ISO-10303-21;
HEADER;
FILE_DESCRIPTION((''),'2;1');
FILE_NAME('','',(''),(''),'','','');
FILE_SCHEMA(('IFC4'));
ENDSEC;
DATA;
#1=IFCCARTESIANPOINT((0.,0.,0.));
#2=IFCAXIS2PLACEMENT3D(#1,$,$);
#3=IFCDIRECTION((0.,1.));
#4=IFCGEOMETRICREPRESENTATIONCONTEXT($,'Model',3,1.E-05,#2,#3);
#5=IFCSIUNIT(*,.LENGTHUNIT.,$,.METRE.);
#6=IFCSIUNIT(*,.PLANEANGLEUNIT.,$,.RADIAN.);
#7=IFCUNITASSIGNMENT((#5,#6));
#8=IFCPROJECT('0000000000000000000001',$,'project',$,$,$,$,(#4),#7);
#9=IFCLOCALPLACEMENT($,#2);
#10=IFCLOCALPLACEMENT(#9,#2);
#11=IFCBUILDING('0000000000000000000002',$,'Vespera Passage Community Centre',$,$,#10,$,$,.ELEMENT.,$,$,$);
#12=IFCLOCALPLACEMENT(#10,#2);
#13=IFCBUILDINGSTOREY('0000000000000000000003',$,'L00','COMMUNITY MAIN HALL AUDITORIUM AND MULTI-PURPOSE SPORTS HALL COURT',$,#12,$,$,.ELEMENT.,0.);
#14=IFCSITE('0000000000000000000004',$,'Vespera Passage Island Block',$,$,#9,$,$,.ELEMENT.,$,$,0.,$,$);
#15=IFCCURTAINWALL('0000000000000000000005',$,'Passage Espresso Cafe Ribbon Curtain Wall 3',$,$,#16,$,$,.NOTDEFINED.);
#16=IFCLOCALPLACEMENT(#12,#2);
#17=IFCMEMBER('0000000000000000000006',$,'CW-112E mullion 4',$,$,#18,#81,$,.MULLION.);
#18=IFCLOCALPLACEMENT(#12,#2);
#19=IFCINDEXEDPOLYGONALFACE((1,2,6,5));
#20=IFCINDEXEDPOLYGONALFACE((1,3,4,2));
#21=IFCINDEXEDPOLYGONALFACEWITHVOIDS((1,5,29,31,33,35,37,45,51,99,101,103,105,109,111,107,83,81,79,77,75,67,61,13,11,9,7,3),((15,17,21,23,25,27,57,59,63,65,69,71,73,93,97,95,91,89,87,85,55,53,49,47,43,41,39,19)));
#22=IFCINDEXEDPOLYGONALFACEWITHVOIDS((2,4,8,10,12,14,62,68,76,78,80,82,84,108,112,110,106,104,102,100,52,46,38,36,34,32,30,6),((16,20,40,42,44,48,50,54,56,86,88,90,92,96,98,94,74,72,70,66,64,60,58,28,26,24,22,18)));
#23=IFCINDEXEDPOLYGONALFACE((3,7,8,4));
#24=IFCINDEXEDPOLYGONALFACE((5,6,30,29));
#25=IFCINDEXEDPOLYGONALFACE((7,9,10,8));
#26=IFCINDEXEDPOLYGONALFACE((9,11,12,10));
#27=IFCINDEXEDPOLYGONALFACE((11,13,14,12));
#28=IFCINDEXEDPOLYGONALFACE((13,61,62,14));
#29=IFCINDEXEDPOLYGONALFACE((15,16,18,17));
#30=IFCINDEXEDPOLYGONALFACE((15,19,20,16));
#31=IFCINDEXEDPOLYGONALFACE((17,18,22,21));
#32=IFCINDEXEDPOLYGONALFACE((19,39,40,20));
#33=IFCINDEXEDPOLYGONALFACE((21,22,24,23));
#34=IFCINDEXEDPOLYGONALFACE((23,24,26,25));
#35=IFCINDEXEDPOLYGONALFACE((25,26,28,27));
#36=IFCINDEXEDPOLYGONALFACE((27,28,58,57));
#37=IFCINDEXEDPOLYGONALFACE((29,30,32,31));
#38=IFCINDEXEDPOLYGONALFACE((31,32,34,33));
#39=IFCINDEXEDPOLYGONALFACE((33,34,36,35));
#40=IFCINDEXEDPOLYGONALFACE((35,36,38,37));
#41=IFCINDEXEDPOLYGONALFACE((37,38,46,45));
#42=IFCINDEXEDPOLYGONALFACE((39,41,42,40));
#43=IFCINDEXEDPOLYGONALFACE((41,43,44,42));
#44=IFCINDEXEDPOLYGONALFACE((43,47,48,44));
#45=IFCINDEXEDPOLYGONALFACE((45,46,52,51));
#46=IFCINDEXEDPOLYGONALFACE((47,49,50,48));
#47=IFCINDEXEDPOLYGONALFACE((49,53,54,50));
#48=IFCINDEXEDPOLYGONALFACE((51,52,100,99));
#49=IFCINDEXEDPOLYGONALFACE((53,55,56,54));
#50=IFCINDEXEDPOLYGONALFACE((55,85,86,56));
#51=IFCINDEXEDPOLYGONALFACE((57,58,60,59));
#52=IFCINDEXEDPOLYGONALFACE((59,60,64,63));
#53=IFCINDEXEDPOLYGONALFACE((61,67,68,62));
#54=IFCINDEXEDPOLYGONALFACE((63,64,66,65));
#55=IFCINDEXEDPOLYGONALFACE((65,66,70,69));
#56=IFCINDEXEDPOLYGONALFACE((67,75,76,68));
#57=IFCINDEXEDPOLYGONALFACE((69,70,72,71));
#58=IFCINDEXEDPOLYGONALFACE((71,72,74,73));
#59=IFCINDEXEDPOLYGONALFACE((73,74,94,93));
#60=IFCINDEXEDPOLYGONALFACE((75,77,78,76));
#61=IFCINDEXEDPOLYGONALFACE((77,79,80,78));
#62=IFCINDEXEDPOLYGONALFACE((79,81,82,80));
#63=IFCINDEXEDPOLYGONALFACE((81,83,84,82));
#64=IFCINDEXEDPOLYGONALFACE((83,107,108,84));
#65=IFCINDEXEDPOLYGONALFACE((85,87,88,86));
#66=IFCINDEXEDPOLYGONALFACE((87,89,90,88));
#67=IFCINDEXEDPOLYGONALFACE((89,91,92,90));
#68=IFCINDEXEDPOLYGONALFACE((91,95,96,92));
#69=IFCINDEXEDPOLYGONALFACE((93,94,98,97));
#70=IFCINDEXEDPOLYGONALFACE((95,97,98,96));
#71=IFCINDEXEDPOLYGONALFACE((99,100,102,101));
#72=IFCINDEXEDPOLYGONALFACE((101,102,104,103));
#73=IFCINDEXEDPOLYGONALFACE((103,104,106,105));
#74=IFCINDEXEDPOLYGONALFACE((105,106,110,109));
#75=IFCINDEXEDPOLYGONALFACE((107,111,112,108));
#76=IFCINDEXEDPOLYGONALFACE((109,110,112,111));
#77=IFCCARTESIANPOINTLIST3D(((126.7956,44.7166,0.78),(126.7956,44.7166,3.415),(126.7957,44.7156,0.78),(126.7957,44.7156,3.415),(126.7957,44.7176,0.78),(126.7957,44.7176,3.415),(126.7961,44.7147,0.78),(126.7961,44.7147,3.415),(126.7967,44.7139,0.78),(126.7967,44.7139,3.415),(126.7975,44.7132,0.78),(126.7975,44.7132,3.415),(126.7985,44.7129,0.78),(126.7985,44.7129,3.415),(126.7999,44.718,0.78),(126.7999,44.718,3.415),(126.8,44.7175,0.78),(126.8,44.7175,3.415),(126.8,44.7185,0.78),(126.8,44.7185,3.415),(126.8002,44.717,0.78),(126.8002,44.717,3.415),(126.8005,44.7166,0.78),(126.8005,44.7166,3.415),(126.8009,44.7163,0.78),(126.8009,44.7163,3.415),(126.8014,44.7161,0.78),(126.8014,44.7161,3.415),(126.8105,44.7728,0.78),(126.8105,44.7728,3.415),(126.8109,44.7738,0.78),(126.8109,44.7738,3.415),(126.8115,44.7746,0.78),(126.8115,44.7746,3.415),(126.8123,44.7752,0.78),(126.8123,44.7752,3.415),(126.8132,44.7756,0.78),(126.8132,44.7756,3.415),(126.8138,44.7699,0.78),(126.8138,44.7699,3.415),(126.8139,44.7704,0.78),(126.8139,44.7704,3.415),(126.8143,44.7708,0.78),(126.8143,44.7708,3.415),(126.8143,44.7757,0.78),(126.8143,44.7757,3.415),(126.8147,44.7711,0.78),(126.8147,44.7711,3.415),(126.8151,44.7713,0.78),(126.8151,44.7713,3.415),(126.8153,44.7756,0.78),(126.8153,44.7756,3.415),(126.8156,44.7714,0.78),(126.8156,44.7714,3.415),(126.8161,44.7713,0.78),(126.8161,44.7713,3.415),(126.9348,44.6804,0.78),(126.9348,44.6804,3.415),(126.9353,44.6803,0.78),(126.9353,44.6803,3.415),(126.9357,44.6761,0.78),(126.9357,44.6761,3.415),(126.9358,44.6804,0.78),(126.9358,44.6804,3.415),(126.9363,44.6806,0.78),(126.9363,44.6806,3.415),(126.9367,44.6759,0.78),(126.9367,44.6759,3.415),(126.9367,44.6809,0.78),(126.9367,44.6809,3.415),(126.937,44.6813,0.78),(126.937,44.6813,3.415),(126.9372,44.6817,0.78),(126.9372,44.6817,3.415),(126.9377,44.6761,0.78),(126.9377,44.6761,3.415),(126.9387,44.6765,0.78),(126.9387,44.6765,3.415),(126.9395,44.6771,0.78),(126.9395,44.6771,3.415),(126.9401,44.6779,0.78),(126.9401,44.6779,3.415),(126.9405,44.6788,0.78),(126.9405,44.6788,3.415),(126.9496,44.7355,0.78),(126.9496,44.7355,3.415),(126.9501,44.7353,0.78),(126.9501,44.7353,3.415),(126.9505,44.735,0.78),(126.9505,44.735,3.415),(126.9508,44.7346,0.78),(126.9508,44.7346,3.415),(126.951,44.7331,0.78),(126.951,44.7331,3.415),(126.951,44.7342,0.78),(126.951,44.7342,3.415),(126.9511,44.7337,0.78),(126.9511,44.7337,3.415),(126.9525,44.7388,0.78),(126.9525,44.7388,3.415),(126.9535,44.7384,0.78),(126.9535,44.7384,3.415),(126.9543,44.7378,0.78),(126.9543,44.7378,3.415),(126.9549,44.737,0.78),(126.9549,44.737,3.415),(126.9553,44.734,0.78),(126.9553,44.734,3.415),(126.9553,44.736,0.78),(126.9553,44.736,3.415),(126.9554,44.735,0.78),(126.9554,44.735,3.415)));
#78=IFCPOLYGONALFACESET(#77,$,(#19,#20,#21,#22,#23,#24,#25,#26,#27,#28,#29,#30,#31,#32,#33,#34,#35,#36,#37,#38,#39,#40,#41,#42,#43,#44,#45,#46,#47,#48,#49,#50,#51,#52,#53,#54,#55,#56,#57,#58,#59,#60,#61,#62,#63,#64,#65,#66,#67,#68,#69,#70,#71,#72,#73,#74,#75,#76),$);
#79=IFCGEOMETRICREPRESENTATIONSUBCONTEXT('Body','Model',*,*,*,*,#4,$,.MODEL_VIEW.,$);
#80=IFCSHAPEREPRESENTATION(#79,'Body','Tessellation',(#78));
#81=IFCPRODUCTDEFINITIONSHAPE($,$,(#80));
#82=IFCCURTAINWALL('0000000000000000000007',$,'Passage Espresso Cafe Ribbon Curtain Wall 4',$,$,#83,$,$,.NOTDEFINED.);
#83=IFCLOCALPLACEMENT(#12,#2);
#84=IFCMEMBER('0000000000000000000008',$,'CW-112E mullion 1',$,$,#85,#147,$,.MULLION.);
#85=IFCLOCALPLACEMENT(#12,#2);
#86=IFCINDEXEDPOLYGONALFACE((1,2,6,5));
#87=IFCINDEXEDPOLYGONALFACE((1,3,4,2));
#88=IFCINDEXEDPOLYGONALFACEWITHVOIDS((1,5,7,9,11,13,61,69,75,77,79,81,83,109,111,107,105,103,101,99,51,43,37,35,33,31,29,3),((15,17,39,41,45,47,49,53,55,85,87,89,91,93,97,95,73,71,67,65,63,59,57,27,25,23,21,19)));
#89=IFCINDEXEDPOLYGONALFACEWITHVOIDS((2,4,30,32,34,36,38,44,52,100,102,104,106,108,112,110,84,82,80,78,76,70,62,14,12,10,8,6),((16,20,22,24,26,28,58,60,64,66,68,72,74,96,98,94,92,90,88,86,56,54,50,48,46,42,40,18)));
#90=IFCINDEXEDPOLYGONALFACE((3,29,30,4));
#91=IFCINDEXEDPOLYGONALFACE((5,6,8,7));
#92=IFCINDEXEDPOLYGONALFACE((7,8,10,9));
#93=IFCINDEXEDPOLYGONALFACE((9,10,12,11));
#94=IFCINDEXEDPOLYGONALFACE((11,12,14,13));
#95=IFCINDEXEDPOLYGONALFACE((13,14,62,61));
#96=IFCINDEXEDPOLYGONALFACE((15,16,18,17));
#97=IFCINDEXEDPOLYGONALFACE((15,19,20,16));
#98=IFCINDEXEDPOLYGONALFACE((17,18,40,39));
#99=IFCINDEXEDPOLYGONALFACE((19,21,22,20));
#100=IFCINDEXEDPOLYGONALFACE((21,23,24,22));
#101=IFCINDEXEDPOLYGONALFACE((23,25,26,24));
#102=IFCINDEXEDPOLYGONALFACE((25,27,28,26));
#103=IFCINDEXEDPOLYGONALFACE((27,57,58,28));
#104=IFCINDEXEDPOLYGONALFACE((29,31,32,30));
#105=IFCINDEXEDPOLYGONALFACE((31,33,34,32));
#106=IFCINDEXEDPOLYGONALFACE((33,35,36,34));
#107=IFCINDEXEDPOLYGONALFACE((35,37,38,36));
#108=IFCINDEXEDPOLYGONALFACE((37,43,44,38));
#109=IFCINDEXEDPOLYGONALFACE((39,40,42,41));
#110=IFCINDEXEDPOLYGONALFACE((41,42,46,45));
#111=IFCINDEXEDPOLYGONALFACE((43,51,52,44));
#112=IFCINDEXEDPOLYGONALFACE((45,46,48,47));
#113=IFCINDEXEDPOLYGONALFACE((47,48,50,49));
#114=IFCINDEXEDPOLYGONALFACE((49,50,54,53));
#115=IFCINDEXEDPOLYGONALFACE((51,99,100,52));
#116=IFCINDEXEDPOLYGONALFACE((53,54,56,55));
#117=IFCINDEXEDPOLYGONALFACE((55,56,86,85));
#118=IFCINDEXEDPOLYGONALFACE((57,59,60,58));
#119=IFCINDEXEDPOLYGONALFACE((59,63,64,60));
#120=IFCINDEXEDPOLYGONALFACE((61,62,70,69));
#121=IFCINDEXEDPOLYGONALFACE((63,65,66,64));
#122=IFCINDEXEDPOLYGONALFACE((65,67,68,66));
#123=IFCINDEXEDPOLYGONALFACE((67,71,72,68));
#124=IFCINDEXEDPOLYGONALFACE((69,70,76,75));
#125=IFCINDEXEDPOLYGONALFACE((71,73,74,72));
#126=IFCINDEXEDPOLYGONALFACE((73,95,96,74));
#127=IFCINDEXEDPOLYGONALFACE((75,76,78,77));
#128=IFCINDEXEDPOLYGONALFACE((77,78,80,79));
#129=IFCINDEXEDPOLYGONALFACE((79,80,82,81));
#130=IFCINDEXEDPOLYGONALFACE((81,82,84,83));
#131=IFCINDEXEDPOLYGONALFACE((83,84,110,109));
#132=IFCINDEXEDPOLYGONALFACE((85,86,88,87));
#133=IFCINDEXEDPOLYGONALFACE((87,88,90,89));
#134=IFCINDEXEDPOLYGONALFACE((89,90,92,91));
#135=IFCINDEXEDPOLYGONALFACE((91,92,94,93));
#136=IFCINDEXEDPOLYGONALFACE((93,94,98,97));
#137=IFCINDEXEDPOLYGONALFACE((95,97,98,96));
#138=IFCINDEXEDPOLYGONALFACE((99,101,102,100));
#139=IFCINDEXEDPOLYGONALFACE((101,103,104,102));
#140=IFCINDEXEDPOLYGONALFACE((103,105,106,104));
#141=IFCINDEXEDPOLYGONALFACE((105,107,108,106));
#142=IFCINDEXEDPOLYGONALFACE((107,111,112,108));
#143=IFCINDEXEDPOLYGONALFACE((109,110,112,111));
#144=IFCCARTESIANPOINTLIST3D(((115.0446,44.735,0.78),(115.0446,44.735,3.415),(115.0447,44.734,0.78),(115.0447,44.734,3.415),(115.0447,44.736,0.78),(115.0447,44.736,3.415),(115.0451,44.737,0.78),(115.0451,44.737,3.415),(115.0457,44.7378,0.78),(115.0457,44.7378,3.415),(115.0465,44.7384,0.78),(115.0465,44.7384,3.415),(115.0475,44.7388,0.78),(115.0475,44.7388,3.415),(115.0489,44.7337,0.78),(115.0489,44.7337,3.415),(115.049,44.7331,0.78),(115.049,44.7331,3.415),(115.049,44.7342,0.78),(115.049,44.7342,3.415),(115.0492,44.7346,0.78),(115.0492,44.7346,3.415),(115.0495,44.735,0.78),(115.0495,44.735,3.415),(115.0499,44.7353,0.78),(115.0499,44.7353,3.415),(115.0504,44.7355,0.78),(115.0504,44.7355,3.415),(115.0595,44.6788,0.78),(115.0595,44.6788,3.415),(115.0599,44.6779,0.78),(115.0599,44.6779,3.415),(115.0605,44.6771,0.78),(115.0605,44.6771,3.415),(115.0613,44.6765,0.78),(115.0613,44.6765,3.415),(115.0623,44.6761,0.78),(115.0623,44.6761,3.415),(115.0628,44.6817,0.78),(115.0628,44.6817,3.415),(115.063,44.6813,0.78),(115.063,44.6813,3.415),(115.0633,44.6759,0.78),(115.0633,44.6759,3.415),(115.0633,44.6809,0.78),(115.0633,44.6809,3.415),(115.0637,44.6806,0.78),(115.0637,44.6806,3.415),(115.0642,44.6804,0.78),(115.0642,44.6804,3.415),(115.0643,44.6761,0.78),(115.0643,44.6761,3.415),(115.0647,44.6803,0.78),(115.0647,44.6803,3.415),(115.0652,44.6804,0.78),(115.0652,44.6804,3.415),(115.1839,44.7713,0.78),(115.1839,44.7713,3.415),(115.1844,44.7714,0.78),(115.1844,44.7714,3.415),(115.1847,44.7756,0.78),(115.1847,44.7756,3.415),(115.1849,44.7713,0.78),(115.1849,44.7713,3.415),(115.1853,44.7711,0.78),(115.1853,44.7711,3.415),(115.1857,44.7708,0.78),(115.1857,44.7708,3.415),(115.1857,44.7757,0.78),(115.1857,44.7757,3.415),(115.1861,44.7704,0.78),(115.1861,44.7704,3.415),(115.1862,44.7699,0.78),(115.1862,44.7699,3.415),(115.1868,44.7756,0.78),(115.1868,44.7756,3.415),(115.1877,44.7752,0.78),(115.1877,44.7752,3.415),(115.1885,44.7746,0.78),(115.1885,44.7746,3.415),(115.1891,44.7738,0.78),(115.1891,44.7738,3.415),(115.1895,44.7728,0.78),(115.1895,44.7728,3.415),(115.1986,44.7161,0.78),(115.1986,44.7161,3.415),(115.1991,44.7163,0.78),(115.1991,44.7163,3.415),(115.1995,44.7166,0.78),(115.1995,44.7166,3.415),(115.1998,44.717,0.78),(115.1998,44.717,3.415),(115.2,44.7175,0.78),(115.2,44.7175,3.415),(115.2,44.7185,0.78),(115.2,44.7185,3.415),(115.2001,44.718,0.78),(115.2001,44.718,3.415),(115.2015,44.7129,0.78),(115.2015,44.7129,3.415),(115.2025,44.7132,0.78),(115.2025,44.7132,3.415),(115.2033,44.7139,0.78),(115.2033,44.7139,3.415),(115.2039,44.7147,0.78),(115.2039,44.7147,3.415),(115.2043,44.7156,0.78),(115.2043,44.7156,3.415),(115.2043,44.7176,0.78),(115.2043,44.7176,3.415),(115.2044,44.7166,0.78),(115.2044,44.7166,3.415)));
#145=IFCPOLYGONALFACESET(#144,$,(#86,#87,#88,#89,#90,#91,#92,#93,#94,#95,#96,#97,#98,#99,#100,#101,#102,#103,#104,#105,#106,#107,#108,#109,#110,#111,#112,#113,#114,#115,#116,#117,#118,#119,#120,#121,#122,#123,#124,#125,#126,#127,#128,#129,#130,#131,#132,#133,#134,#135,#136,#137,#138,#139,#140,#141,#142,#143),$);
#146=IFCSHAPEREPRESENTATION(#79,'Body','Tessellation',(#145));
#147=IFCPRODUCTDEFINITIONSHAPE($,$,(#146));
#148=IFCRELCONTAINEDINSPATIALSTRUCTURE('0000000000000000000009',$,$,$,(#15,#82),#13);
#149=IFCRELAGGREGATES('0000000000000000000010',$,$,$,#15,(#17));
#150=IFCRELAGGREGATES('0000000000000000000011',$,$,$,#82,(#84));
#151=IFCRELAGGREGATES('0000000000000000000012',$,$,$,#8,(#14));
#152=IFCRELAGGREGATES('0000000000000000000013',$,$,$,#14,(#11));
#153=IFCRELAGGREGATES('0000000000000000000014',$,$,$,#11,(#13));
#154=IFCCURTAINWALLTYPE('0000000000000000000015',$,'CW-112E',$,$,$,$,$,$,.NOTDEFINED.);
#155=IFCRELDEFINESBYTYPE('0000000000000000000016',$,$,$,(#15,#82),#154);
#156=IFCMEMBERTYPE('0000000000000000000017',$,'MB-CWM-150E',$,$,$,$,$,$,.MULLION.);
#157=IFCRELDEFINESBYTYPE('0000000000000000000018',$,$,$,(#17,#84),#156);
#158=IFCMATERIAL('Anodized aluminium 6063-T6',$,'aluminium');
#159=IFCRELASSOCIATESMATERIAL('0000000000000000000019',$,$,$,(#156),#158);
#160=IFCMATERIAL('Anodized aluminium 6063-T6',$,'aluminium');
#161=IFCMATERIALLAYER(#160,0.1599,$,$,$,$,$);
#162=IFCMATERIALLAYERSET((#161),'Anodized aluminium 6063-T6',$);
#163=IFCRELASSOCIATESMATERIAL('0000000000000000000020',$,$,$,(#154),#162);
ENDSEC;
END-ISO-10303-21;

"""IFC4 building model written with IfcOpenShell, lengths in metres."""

from ifc_helpers import new_model, si_unit, direction, frame, origin, origin_2d, place, context, subcontext, project, spatial, hollow_rectangle, extrude, material, layer, layer_set, material_profile, profile_set, type_object, element, aggregate, save


model = new_model("IFC4")

# Units and contexts
model_context = context("Model", 3, precision=1e-05, world=origin(), true_north=direction((0.0, 1.0)))
body_context = subcontext(model_context, "Body", "Model", "MODEL_VIEW")
ifc_project = project(units=[si_unit("LENGTHUNIT", "METRE"), si_unit("PLANEANGLEUNIT", "RADIAN")], contexts=[model_context])

# Site, building, storey
site_placement = place(None, origin())
site = spatial("IfcSite", under=ifc_project, at=site_placement, Name="Vespera Passage Island Block", CompositionType="ELEMENT", RefElevation=0.0)
building_placement = place(site_placement, origin())
building = spatial("IfcBuilding", under=site, at=building_placement, Name="Vespera Passage Community Centre", CompositionType="ELEMENT")
storey_placement = place(building_placement, origin())
storey = spatial("IfcBuildingStorey", under=building, at=storey_placement, Name="L00", Description="COMMUNITY MAIN HALL AUDITORIUM AND MULTI-PURPOSE SPORTS HALL COURT", CompositionType="ELEMENT", Elevation=0.0)

# Shared definitions
ifc_material_1 = material(Name="Anodized aluminium 6063-T6", Category="aluminium")
ifc_material_profile_1 = material_profile(ifc_material_1, hollow_rectangle(XDim=0.0649, YDim=0.1499, WallThickness=0.0039, InnerFilletRadius=0.002, OuterFilletRadius=0.0039, at=origin_2d()), Name="ALU150X65X4")
ifc_profile_set_1 = profile_set([ifc_material_profile_1], Name="Anodized aluminium 6063-T6")
member_type_1 = type_object("IfcMemberType", Name="MB-CWM-150E", PredefinedType="MULLION", material=ifc_profile_set_1)

# Curtain walls, members
ifc_material_2 = material(Name="Anodized aluminium 6063-T6", Category="aluminium")
ifc_layer_1 = layer(ifc_material_2, 0.1599)
ifc_layer_set_1 = layer_set([ifc_layer_1], Name="Anodized aluminium 6063-T6")
curtain_wall_type_1 = type_object("IfcCurtainWallType", Name="CW-112E", PredefinedType="NOTDEFINED", material=ifc_layer_set_1)
curtain_wall_1_placement = place(storey_placement, origin())
curtain_wall_1 = element("IfcCurtainWall", 1, at=curtain_wall_1_placement, inside=storey, type_object=curtain_wall_type_1, Name="Passage Espresso Cafe Ribbon Curtain Wall 3", PredefinedType="NOTDEFINED")
member_1_placement = place(storey_placement, frame((126.8755, 44.7258, 0.78), z_axis=(0.0, 0.0, 1.0), x_axis=(0.258807, 0.965929, 0.0)))
member_1 = element("IfcMember", 2, at=member_1_placement, type_object=member_type_1, Name="CW-112E mullion 4", PredefinedType="MULLION", context=body_context, shape_type="SweptSolid", body=[
    extrude(hollow_rectangle(XDim=0.0649, YDim=0.1499, WallThickness=0.0039, InnerFilletRadius=0.002, OuterFilletRadius=0.0039, at=origin_2d()), origin(), (0.0, 0.0, 1.0), 2.635),
])
curtain_wall_2_placement = place(storey_placement, origin())
curtain_wall_2 = element("IfcCurtainWall", 3, at=curtain_wall_2_placement, inside=storey, type_object=curtain_wall_type_1, Name="Passage Espresso Cafe Ribbon Curtain Wall 4", PredefinedType="NOTDEFINED")
member_2_placement = place(storey_placement, frame((115.1245, 44.7258, 0.78), z_axis=(0.0, 0.0, 1.0), x_axis=(-0.258807, 0.965929, 0.0)))
member_2 = element("IfcMember", 4, at=member_2_placement, type_object=member_type_1, Name="CW-112E mullion 1", PredefinedType="MULLION", context=body_context, shape_type="SweptSolid", body=[
    extrude(hollow_rectangle(XDim=0.0649, YDim=0.1499, WallThickness=0.0039, InnerFilletRadius=0.002, OuterFilletRadius=0.0039, at=origin_2d()), origin(), (0.0, 0.0, 1.0), 2.635),
])

aggregate(curtain_wall_1, [member_1])
aggregate(curtain_wall_2, [member_2])

save(model, "model.ifc")
